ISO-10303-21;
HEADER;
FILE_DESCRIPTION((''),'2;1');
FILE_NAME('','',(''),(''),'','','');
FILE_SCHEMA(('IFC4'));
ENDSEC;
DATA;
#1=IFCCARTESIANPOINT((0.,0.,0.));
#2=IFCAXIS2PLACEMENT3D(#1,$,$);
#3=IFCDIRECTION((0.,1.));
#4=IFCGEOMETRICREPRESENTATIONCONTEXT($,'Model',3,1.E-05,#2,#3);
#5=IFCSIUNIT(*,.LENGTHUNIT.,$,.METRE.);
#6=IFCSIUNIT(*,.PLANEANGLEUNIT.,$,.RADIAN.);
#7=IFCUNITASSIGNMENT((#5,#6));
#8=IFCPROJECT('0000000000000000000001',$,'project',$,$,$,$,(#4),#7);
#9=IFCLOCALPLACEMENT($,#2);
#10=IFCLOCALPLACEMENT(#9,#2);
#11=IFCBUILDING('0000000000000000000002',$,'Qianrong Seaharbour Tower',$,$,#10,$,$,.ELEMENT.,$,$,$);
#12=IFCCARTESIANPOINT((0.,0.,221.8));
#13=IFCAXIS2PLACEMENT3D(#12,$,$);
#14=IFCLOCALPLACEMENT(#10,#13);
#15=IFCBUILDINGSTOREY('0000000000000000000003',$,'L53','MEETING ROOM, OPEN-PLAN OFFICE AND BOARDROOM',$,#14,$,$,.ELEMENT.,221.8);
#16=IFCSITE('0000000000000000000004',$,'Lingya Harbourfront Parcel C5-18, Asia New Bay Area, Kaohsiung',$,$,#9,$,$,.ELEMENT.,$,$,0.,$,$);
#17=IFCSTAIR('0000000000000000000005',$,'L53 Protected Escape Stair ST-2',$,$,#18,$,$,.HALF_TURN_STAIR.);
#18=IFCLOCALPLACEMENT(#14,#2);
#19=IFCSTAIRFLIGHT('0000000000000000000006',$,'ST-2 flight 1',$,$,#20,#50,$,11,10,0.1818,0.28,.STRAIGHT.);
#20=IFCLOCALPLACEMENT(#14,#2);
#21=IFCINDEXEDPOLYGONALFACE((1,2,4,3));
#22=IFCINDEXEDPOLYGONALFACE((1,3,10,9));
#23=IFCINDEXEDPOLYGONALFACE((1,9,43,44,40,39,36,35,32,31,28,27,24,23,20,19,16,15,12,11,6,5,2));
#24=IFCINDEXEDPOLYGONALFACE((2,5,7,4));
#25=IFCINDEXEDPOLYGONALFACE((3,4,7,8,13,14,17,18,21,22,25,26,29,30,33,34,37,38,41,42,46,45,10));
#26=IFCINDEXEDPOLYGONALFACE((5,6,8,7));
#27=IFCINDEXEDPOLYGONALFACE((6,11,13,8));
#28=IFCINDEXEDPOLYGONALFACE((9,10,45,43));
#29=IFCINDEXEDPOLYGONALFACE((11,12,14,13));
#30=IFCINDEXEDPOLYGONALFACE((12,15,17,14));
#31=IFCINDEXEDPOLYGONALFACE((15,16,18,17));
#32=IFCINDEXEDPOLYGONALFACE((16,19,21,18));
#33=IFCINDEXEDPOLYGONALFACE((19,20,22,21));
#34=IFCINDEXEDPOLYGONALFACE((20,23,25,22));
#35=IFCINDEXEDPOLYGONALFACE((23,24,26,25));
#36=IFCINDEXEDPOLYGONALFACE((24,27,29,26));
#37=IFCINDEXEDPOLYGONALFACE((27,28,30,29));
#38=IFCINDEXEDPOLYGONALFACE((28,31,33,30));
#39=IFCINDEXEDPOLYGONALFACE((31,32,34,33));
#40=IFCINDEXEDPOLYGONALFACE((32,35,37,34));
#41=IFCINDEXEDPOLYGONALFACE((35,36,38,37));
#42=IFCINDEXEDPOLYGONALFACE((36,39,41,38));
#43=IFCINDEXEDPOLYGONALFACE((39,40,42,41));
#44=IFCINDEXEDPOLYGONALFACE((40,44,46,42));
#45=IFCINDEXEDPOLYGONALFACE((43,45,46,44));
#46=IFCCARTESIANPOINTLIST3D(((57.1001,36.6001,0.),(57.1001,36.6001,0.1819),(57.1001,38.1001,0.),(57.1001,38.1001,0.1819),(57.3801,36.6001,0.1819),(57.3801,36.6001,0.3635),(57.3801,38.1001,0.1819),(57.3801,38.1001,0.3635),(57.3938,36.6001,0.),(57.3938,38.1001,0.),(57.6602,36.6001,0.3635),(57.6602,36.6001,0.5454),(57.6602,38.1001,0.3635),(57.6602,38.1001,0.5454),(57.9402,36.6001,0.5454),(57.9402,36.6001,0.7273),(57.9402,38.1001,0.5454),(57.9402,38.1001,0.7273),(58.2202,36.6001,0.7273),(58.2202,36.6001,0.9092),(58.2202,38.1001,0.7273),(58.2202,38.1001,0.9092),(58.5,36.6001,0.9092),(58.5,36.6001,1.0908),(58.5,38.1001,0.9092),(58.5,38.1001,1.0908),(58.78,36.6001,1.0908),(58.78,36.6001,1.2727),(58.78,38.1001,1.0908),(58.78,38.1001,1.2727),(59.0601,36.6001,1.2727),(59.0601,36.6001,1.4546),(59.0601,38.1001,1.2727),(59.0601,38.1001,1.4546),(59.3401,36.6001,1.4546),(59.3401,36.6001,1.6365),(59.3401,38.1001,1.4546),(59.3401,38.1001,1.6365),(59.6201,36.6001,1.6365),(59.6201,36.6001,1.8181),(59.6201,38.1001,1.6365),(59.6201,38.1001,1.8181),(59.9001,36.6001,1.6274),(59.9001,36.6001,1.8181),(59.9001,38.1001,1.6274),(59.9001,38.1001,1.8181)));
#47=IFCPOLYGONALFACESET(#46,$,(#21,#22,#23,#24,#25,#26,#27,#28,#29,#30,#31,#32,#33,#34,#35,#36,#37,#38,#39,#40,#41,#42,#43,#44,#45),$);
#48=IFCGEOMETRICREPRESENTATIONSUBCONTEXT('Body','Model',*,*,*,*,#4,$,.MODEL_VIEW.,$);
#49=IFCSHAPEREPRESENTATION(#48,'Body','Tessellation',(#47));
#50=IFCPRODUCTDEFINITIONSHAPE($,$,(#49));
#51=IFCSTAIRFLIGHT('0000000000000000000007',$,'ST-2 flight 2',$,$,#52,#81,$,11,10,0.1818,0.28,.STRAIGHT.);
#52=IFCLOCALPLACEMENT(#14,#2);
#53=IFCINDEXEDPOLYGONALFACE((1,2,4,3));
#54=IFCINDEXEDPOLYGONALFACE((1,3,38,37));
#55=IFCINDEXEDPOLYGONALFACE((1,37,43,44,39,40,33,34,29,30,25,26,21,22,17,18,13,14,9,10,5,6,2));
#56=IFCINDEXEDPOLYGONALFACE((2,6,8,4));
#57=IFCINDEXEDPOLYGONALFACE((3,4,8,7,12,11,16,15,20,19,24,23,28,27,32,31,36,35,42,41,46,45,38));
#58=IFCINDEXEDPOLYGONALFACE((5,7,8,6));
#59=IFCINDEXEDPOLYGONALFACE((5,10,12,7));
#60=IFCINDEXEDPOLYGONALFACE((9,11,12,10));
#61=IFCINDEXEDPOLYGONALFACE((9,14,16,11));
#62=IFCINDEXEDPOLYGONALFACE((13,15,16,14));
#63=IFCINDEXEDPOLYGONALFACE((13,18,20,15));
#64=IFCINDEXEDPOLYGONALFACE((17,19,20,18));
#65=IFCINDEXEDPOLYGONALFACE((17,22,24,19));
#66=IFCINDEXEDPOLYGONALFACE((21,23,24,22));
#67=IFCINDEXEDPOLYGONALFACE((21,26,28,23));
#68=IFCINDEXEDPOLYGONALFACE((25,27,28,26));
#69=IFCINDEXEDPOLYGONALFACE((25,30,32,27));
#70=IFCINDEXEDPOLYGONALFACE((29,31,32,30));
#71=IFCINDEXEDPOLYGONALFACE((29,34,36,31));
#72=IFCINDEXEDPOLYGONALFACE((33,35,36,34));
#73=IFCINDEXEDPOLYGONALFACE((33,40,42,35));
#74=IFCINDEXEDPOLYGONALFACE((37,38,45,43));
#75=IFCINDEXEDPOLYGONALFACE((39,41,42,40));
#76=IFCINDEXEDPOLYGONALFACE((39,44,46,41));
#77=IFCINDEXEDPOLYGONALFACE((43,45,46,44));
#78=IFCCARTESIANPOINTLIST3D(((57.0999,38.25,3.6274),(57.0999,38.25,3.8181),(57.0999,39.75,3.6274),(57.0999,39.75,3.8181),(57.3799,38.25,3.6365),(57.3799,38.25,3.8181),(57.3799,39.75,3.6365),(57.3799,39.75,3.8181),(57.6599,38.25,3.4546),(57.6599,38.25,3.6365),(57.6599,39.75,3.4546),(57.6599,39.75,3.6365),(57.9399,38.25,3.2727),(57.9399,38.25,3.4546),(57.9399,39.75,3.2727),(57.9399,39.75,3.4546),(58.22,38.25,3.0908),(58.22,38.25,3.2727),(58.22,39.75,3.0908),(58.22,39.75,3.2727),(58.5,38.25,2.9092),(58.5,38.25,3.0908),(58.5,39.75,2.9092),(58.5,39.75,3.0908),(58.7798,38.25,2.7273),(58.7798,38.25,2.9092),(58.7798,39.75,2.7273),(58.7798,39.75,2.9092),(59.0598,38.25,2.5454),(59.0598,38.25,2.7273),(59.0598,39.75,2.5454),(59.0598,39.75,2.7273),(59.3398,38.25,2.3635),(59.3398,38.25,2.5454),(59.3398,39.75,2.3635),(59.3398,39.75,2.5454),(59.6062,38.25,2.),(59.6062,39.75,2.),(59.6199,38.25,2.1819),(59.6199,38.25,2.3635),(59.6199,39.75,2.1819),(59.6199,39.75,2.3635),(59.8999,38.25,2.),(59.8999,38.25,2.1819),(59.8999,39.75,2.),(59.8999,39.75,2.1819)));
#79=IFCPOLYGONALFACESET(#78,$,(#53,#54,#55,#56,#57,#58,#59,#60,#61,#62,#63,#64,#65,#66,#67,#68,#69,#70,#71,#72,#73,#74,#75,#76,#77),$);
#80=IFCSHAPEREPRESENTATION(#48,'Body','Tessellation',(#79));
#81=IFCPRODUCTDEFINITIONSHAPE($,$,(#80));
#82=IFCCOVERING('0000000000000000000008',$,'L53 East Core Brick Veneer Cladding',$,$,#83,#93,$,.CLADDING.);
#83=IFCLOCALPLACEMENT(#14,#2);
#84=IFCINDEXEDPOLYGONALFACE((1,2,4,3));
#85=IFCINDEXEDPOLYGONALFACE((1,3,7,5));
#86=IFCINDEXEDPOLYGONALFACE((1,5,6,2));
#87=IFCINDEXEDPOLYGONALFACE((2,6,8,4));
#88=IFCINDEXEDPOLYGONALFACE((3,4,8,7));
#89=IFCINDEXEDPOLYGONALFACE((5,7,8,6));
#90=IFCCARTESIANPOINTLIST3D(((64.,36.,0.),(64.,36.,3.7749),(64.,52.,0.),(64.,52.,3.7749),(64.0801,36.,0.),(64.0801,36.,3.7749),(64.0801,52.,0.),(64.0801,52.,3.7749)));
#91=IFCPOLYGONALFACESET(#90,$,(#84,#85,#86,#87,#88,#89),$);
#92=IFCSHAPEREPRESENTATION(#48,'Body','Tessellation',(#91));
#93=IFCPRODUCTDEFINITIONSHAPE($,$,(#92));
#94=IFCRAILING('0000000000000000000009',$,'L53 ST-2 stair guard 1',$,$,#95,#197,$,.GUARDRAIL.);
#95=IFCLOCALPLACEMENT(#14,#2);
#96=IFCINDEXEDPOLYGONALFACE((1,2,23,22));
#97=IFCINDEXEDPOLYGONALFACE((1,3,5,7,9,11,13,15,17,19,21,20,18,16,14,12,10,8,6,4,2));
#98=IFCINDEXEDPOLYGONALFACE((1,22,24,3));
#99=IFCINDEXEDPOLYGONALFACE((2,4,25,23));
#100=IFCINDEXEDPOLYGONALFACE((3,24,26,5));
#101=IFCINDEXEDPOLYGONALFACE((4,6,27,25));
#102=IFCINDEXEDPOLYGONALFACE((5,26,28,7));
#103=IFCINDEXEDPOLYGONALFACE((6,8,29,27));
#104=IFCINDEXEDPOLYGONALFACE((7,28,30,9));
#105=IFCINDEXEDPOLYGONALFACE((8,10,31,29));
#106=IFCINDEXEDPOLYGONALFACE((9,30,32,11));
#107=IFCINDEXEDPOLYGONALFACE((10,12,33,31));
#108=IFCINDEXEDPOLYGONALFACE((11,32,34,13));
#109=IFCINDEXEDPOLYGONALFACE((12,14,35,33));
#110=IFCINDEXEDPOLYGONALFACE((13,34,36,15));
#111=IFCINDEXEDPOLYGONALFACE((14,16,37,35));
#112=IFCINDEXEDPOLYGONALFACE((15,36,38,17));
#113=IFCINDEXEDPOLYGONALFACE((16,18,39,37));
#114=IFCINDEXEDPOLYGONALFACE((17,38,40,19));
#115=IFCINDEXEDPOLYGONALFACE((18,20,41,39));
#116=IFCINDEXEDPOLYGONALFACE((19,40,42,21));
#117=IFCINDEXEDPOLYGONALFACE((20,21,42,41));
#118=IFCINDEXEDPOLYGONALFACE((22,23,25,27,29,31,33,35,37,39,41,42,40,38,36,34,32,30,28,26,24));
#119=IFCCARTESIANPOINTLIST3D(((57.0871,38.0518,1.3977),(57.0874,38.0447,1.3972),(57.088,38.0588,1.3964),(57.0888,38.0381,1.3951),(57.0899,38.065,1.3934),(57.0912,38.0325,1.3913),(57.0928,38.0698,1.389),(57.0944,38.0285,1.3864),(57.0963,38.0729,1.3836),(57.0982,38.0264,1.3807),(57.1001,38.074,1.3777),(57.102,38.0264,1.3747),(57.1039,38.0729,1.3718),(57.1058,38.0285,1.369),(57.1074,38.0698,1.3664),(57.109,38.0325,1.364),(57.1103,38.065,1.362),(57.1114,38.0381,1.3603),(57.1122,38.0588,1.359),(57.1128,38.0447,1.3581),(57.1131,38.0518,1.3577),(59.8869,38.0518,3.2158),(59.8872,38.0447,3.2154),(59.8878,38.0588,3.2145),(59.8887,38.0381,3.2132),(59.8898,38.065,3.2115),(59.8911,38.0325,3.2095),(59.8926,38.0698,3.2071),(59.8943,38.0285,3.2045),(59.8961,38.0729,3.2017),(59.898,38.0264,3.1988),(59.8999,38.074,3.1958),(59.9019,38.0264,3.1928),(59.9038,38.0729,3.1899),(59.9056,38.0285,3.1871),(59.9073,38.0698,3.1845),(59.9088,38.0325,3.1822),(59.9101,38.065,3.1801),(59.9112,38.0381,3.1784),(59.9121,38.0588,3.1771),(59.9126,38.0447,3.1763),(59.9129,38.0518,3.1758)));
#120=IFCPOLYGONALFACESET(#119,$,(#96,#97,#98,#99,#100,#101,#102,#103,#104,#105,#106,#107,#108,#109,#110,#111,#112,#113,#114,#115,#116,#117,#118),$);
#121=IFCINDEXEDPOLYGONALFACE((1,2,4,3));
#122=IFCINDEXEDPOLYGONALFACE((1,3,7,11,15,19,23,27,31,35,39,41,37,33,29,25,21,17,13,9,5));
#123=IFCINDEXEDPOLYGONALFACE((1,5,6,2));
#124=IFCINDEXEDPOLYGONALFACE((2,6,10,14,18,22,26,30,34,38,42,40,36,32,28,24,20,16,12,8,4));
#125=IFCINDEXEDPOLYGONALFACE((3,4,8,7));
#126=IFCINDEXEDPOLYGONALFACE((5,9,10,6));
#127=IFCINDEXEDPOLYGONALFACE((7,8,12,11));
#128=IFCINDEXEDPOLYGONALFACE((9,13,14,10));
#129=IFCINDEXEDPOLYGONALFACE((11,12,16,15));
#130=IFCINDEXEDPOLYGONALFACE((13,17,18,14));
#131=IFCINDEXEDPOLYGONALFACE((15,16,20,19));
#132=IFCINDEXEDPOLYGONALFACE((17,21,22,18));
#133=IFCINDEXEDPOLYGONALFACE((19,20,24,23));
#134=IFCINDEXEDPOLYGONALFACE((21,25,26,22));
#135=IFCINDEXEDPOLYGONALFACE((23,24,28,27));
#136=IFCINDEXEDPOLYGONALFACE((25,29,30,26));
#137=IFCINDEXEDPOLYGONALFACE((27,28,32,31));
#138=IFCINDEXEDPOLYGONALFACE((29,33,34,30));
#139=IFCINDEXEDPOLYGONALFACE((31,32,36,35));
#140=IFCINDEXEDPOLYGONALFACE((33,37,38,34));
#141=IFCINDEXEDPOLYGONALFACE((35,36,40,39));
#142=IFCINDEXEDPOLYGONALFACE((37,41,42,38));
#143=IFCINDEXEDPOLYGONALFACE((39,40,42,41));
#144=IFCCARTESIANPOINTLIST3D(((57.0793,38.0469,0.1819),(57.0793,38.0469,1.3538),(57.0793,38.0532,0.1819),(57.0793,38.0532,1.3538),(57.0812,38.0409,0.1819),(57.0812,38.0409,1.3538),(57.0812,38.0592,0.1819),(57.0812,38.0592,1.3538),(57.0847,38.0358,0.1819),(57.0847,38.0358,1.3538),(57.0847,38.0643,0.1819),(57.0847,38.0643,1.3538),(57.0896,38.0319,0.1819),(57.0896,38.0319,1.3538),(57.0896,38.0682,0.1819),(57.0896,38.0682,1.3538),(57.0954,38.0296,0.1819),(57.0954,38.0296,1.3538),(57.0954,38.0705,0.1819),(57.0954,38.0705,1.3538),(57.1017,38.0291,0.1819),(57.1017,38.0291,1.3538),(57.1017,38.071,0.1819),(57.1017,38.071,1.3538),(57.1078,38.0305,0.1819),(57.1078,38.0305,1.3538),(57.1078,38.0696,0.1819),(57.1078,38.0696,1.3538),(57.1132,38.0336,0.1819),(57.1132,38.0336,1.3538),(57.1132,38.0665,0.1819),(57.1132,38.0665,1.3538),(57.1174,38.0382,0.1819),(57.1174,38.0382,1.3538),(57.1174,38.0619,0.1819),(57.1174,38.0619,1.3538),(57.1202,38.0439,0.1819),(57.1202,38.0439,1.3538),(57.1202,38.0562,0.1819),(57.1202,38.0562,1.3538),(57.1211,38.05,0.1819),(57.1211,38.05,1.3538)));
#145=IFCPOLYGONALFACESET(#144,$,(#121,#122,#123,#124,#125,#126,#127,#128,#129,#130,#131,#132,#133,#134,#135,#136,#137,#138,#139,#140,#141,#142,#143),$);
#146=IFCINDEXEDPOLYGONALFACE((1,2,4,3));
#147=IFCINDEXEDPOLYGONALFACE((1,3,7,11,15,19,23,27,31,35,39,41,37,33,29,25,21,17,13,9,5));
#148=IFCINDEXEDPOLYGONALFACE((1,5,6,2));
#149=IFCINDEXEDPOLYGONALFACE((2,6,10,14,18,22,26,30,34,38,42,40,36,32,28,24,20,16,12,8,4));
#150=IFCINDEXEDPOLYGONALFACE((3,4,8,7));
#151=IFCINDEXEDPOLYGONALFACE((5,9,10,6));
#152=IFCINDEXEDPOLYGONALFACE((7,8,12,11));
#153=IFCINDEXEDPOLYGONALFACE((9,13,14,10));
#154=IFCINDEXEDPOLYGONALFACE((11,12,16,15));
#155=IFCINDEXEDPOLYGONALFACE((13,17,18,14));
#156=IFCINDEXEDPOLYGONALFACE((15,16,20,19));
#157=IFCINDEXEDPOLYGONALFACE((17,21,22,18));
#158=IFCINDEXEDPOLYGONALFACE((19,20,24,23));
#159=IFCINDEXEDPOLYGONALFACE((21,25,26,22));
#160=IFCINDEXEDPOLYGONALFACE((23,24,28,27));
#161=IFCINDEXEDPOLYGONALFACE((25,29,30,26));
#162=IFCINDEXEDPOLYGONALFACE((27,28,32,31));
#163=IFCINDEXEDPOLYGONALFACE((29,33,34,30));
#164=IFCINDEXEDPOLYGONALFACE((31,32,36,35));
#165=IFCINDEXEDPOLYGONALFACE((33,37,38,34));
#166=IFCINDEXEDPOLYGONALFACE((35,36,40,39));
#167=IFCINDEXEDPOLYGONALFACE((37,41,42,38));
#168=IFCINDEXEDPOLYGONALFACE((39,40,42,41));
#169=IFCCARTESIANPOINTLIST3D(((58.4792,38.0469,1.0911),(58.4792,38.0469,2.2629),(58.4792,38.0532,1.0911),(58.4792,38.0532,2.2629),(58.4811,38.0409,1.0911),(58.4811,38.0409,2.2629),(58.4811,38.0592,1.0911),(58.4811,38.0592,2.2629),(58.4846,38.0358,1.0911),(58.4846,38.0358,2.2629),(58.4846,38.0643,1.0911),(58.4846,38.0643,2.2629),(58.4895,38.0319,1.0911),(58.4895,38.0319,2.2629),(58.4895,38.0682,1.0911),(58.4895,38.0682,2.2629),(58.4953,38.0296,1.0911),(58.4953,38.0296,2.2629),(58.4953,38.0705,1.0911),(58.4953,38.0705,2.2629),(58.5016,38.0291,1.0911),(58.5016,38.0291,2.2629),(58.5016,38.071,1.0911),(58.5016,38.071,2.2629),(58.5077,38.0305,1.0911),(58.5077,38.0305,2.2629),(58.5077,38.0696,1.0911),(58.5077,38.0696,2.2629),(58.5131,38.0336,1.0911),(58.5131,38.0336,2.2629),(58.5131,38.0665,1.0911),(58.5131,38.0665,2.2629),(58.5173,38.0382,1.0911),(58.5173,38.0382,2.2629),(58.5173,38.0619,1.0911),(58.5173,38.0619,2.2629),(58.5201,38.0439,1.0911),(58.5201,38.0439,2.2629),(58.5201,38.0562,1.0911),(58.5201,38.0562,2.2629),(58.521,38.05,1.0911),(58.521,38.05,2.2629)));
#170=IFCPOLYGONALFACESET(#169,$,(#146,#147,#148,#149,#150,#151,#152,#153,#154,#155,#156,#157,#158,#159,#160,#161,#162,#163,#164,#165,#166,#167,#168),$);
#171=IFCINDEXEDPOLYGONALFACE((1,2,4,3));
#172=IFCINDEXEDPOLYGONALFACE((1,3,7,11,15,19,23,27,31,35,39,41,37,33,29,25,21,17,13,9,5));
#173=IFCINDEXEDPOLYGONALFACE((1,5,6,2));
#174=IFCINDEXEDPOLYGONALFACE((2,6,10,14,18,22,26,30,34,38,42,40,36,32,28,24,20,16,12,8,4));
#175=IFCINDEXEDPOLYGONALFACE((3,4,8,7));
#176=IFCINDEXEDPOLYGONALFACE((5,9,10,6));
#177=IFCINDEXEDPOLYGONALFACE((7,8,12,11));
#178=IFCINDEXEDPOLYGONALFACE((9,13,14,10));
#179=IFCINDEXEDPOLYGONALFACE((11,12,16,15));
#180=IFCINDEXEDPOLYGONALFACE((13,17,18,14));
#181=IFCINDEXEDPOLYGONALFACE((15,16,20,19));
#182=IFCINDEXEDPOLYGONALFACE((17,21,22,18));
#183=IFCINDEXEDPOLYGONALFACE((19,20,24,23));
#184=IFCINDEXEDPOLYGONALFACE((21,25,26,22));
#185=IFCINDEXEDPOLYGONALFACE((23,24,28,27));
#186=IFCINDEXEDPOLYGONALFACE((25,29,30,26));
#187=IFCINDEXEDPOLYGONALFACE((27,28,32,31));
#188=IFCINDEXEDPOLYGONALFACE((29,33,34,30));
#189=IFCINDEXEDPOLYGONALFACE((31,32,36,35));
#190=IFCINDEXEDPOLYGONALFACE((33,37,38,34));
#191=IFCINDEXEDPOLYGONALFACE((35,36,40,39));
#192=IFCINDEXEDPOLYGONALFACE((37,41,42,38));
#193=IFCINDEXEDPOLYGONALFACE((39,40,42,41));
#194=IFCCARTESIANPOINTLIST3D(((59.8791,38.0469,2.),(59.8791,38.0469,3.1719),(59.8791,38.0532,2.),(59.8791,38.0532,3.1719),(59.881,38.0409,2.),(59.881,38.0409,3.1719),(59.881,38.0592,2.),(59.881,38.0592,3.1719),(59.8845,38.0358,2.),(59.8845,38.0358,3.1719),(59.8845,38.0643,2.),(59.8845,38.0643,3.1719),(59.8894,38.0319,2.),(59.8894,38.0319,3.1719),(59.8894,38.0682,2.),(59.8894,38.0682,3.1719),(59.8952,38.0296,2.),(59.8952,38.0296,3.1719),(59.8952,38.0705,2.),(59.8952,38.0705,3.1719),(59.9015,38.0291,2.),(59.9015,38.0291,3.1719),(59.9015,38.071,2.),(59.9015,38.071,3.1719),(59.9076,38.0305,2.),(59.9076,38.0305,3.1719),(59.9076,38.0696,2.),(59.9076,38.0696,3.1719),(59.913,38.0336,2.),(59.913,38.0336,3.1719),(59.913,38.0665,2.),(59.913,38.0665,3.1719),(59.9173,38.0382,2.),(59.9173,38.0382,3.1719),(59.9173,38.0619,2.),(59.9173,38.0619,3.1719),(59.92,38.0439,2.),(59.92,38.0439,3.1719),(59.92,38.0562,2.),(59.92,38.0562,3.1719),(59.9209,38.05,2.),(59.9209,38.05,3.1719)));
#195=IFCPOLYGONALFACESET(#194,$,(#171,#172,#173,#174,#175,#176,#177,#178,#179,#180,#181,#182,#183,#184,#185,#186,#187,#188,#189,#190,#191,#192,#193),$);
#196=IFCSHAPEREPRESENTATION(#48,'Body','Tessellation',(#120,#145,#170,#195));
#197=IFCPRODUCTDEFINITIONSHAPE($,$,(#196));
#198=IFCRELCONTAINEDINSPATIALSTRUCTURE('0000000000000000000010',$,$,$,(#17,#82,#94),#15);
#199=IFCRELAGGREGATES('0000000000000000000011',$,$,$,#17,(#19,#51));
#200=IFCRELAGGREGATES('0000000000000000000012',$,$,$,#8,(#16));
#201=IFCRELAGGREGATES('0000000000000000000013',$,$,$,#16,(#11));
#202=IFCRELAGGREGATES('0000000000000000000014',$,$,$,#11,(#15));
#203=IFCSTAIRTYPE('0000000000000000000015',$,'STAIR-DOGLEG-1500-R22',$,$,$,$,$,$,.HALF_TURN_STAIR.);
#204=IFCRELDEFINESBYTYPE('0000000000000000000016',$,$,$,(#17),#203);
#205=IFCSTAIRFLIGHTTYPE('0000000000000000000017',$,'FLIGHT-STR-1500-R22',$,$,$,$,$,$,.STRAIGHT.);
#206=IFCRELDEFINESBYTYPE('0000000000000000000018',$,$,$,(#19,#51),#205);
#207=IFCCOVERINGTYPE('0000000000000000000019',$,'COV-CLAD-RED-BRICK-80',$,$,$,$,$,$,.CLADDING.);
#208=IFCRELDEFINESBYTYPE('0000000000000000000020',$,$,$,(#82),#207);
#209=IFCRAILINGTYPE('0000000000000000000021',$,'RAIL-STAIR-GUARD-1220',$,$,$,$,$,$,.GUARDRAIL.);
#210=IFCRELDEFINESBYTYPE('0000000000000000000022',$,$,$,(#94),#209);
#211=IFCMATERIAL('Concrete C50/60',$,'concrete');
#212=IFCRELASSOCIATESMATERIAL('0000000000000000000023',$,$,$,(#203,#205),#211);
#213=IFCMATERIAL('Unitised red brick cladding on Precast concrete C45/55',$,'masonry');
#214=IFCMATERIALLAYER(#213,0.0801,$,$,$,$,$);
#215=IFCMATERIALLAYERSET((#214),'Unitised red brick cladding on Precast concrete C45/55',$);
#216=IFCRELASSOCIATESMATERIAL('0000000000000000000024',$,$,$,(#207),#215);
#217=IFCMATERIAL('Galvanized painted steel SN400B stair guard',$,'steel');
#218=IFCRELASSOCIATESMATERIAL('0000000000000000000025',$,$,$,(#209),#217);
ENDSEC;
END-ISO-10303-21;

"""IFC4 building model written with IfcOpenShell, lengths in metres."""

from ifc_helpers import new_model, si_unit, direction, frame, origin, origin_2d, place, context, subcontext, project, spatial, polyline, rectangle, circle, outline, extrude, material, layer, layer_set, type_object, element, aggregate, save


model = new_model("IFC4")

# Units and contexts
model_context = context("Model", 3, precision=1e-05, world=origin(), true_north=direction((0.0, 1.0)))
body_context = subcontext(model_context, "Body", "Model", "MODEL_VIEW")
ifc_project = project(units=[si_unit("LENGTHUNIT", "METRE"), si_unit("PLANEANGLEUNIT", "RADIAN")], contexts=[model_context])

# Site, building, storey
site_placement = place(None, origin())
site = spatial("IfcSite", under=ifc_project, at=site_placement, Name="Lingya Harbourfront Parcel C5-18, Asia New Bay Area, Kaohsiung", CompositionType="ELEMENT", RefElevation=0.0)
building_placement = place(site_placement, origin())
building = spatial("IfcBuilding", under=site, at=building_placement, Name="Qianrong Seaharbour Tower", CompositionType="ELEMENT")
storey_placement = place(building_placement, frame((0.0, 0.0, 221.8)))
storey = spatial("IfcBuildingStorey", under=building, at=storey_placement, Name="L53", Description="MEETING ROOM, OPEN-PLAN OFFICE AND BOARDROOM", CompositionType="ELEMENT", Elevation=221.8)

# Shared definitions
ifc_material_1 = material(Name="Concrete C50/60", Category="concrete")

# Stair, stair flights
stair_type = type_object("IfcStairType", Name="STAIR-DOGLEG-1500-R22", PredefinedType="HALF_TURN_STAIR", material=ifc_material_1)
stair_placement = place(storey_placement, origin())
stair = element("IfcStair", 1, at=stair_placement, inside=storey, type_object=stair_type, Name="L53 Protected Escape Stair ST-2", PredefinedType="HALF_TURN_STAIR")
stair_flight_type = type_object("IfcStairFlightType", Name="FLIGHT-STR-1500-R22", PredefinedType="STRAIGHT", material=ifc_material_1)
stair_flight_1_placement = place(storey_placement, frame((57.1001, 37.3501, 0.0), z_axis=(0.0, 0.0, 1.0), x_axis=(1.0, 0.0, 0.0)))
stair_flight_1 = element("IfcStairFlight", 2, at=stair_flight_1_placement, type_object=stair_flight_type, Name="ST-2 flight 1", NumberOfRisers=11, NumberOfTreads=10, PredefinedType="STRAIGHT", RiserHeight=0.1818, TreadLength=0.28, context=body_context, shape_type="SweptSolid", body=[
    extrude(outline(polyline([(0.0, 0.0), (0.0, 0.1819), (0.28, 0.1819), (0.28, 0.3635), (0.5601, 0.3635), (0.5601, 0.5454), (0.8401, 0.5454), (0.8401, 0.7273), (1.1201, 0.7273), (1.1201, 0.9092), (1.3999, 0.9092), (1.3999, 1.0908), (1.6799, 1.0908), (1.6799, 1.2727), (1.96, 1.2727), (1.96, 1.4546), (2.24, 1.4546), (2.24, 1.6365), (2.52, 1.6365), (2.52, 1.8181), (2.8, 1.8181), (2.8, 2.0), (2.8, 1.6274), (0.2937, 0.0), (0.0, 0.0)])), frame((0.0, 0.75, 0.0), z_axis=(0.0, -1.0, 0.0), x_axis=(1.0, 0.0, 0.0)), (0.0, 0.0, 1.0), 1.5),
])
stair_flight_2_placement = place(storey_placement, frame((59.8999, 39.0, 2.0), z_axis=(0.0, 0.0, 1.0), x_axis=(-1.0, 0.0, 0.0)))
stair_flight_2 = element("IfcStairFlight", 3, at=stair_flight_2_placement, type_object=stair_flight_type, Name="ST-2 flight 2", NumberOfRisers=11, NumberOfTreads=10, PredefinedType="STRAIGHT", RiserHeight=0.1818, TreadLength=0.28, context=body_context, shape_type="SweptSolid", body=[
    extrude(outline(polyline([(0.0, 0.0), (0.0, 0.1819), (0.28, 0.1819), (0.28, 0.3635), (0.5601, 0.3635), (0.5601, 0.5454), (0.8401, 0.5454), (0.8401, 0.7273), (1.1201, 0.7273), (1.1201, 0.9092), (1.3999, 0.9092), (1.3999, 1.0908), (1.6799, 1.0908), (1.6799, 1.2727), (1.96, 1.2727), (1.96, 1.4546), (2.24, 1.4546), (2.24, 1.6365), (2.52, 1.6365), (2.52, 1.8181), (2.8, 1.8181), (2.8, 2.0), (2.8, 1.6274), (0.2937, 0.0), (0.0, 0.0)])), frame((0.0, 0.75, 0.0), z_axis=(0.0, -1.0, 0.0), x_axis=(1.0, 0.0, 0.0)), (0.0, 0.0, 1.0), 1.5),
])
aggregate(stair, [stair_flight_1, stair_flight_2])

# Covering
ifc_material_2 = material(Name="Unitised red brick cladding on Precast concrete C45/55", Category="masonry")
ifc_layer_1 = layer(ifc_material_2, 0.0801)
ifc_layer_set_1 = layer_set([ifc_layer_1], Name="Unitised red brick cladding on Precast concrete C45/55")
covering_type = type_object("IfcCoveringType", Name="COV-CLAD-RED-BRICK-80", PredefinedType="CLADDING", material=ifc_layer_set_1)
covering_placement = place(storey_placement, frame((64.04, 44.0, 0.0), z_axis=(0.0, 0.0, 1.0), x_axis=(1.0, 0.0, 0.0)))
element("IfcCovering", 4, at=covering_placement, inside=storey, type_object=covering_type, Name="L53 East Core Brick Veneer Cladding", PredefinedType="CLADDING", context=body_context, shape_type="SweptSolid", body=[
    extrude(rectangle(XDim=0.0801, YDim=16.0, at=origin_2d()), origin(), (0.0, 0.0, 1.0), 3.7749),
])

# Railing
ifc_material_3 = material(Name="Galvanized painted steel SN400B stair guard", Category="steel")
railing_type_1 = type_object("IfcRailingType", Name="RAIL-STAIR-GUARD-1220", PredefinedType="GUARDRAIL", material=ifc_material_3)
railing_1_placement = place(storey_placement, frame((57.1001, 38.05, 0.1819)))
element("IfcRailing", 5, at=railing_1_placement, inside=storey, type_object=railing_type_1, Name="L53 ST-2 stair guard 1", PredefinedType="GUARDRAIL", context=body_context, shape_type="SweptSolid", body=[
    extrude(circle(Radius=0.0239, at=origin_2d()), frame((0.0, 0.0, 1.1958), z_axis=(0.838684, 0.0, 0.544618), x_axis=(0.0, 1.0, 0.0)), (0.0, 0.0, 1.0), 3.3384),
    extrude(circle(Radius=0.021, at=origin_2d()), origin(), (0.0, 0.0, 1.0), 1.1719),
    extrude(circle(Radius=0.021, at=origin_2d()), frame((1.3999, 0.0, 0.9092)), (0.0, 0.0, 1.0), 1.1719),
    extrude(circle(Radius=0.021, at=origin_2d()), frame((2.7998, 0.0, 1.8181)), (0.0, 0.0, 1.0), 1.1719),
])

save(model, "model.ifc")
